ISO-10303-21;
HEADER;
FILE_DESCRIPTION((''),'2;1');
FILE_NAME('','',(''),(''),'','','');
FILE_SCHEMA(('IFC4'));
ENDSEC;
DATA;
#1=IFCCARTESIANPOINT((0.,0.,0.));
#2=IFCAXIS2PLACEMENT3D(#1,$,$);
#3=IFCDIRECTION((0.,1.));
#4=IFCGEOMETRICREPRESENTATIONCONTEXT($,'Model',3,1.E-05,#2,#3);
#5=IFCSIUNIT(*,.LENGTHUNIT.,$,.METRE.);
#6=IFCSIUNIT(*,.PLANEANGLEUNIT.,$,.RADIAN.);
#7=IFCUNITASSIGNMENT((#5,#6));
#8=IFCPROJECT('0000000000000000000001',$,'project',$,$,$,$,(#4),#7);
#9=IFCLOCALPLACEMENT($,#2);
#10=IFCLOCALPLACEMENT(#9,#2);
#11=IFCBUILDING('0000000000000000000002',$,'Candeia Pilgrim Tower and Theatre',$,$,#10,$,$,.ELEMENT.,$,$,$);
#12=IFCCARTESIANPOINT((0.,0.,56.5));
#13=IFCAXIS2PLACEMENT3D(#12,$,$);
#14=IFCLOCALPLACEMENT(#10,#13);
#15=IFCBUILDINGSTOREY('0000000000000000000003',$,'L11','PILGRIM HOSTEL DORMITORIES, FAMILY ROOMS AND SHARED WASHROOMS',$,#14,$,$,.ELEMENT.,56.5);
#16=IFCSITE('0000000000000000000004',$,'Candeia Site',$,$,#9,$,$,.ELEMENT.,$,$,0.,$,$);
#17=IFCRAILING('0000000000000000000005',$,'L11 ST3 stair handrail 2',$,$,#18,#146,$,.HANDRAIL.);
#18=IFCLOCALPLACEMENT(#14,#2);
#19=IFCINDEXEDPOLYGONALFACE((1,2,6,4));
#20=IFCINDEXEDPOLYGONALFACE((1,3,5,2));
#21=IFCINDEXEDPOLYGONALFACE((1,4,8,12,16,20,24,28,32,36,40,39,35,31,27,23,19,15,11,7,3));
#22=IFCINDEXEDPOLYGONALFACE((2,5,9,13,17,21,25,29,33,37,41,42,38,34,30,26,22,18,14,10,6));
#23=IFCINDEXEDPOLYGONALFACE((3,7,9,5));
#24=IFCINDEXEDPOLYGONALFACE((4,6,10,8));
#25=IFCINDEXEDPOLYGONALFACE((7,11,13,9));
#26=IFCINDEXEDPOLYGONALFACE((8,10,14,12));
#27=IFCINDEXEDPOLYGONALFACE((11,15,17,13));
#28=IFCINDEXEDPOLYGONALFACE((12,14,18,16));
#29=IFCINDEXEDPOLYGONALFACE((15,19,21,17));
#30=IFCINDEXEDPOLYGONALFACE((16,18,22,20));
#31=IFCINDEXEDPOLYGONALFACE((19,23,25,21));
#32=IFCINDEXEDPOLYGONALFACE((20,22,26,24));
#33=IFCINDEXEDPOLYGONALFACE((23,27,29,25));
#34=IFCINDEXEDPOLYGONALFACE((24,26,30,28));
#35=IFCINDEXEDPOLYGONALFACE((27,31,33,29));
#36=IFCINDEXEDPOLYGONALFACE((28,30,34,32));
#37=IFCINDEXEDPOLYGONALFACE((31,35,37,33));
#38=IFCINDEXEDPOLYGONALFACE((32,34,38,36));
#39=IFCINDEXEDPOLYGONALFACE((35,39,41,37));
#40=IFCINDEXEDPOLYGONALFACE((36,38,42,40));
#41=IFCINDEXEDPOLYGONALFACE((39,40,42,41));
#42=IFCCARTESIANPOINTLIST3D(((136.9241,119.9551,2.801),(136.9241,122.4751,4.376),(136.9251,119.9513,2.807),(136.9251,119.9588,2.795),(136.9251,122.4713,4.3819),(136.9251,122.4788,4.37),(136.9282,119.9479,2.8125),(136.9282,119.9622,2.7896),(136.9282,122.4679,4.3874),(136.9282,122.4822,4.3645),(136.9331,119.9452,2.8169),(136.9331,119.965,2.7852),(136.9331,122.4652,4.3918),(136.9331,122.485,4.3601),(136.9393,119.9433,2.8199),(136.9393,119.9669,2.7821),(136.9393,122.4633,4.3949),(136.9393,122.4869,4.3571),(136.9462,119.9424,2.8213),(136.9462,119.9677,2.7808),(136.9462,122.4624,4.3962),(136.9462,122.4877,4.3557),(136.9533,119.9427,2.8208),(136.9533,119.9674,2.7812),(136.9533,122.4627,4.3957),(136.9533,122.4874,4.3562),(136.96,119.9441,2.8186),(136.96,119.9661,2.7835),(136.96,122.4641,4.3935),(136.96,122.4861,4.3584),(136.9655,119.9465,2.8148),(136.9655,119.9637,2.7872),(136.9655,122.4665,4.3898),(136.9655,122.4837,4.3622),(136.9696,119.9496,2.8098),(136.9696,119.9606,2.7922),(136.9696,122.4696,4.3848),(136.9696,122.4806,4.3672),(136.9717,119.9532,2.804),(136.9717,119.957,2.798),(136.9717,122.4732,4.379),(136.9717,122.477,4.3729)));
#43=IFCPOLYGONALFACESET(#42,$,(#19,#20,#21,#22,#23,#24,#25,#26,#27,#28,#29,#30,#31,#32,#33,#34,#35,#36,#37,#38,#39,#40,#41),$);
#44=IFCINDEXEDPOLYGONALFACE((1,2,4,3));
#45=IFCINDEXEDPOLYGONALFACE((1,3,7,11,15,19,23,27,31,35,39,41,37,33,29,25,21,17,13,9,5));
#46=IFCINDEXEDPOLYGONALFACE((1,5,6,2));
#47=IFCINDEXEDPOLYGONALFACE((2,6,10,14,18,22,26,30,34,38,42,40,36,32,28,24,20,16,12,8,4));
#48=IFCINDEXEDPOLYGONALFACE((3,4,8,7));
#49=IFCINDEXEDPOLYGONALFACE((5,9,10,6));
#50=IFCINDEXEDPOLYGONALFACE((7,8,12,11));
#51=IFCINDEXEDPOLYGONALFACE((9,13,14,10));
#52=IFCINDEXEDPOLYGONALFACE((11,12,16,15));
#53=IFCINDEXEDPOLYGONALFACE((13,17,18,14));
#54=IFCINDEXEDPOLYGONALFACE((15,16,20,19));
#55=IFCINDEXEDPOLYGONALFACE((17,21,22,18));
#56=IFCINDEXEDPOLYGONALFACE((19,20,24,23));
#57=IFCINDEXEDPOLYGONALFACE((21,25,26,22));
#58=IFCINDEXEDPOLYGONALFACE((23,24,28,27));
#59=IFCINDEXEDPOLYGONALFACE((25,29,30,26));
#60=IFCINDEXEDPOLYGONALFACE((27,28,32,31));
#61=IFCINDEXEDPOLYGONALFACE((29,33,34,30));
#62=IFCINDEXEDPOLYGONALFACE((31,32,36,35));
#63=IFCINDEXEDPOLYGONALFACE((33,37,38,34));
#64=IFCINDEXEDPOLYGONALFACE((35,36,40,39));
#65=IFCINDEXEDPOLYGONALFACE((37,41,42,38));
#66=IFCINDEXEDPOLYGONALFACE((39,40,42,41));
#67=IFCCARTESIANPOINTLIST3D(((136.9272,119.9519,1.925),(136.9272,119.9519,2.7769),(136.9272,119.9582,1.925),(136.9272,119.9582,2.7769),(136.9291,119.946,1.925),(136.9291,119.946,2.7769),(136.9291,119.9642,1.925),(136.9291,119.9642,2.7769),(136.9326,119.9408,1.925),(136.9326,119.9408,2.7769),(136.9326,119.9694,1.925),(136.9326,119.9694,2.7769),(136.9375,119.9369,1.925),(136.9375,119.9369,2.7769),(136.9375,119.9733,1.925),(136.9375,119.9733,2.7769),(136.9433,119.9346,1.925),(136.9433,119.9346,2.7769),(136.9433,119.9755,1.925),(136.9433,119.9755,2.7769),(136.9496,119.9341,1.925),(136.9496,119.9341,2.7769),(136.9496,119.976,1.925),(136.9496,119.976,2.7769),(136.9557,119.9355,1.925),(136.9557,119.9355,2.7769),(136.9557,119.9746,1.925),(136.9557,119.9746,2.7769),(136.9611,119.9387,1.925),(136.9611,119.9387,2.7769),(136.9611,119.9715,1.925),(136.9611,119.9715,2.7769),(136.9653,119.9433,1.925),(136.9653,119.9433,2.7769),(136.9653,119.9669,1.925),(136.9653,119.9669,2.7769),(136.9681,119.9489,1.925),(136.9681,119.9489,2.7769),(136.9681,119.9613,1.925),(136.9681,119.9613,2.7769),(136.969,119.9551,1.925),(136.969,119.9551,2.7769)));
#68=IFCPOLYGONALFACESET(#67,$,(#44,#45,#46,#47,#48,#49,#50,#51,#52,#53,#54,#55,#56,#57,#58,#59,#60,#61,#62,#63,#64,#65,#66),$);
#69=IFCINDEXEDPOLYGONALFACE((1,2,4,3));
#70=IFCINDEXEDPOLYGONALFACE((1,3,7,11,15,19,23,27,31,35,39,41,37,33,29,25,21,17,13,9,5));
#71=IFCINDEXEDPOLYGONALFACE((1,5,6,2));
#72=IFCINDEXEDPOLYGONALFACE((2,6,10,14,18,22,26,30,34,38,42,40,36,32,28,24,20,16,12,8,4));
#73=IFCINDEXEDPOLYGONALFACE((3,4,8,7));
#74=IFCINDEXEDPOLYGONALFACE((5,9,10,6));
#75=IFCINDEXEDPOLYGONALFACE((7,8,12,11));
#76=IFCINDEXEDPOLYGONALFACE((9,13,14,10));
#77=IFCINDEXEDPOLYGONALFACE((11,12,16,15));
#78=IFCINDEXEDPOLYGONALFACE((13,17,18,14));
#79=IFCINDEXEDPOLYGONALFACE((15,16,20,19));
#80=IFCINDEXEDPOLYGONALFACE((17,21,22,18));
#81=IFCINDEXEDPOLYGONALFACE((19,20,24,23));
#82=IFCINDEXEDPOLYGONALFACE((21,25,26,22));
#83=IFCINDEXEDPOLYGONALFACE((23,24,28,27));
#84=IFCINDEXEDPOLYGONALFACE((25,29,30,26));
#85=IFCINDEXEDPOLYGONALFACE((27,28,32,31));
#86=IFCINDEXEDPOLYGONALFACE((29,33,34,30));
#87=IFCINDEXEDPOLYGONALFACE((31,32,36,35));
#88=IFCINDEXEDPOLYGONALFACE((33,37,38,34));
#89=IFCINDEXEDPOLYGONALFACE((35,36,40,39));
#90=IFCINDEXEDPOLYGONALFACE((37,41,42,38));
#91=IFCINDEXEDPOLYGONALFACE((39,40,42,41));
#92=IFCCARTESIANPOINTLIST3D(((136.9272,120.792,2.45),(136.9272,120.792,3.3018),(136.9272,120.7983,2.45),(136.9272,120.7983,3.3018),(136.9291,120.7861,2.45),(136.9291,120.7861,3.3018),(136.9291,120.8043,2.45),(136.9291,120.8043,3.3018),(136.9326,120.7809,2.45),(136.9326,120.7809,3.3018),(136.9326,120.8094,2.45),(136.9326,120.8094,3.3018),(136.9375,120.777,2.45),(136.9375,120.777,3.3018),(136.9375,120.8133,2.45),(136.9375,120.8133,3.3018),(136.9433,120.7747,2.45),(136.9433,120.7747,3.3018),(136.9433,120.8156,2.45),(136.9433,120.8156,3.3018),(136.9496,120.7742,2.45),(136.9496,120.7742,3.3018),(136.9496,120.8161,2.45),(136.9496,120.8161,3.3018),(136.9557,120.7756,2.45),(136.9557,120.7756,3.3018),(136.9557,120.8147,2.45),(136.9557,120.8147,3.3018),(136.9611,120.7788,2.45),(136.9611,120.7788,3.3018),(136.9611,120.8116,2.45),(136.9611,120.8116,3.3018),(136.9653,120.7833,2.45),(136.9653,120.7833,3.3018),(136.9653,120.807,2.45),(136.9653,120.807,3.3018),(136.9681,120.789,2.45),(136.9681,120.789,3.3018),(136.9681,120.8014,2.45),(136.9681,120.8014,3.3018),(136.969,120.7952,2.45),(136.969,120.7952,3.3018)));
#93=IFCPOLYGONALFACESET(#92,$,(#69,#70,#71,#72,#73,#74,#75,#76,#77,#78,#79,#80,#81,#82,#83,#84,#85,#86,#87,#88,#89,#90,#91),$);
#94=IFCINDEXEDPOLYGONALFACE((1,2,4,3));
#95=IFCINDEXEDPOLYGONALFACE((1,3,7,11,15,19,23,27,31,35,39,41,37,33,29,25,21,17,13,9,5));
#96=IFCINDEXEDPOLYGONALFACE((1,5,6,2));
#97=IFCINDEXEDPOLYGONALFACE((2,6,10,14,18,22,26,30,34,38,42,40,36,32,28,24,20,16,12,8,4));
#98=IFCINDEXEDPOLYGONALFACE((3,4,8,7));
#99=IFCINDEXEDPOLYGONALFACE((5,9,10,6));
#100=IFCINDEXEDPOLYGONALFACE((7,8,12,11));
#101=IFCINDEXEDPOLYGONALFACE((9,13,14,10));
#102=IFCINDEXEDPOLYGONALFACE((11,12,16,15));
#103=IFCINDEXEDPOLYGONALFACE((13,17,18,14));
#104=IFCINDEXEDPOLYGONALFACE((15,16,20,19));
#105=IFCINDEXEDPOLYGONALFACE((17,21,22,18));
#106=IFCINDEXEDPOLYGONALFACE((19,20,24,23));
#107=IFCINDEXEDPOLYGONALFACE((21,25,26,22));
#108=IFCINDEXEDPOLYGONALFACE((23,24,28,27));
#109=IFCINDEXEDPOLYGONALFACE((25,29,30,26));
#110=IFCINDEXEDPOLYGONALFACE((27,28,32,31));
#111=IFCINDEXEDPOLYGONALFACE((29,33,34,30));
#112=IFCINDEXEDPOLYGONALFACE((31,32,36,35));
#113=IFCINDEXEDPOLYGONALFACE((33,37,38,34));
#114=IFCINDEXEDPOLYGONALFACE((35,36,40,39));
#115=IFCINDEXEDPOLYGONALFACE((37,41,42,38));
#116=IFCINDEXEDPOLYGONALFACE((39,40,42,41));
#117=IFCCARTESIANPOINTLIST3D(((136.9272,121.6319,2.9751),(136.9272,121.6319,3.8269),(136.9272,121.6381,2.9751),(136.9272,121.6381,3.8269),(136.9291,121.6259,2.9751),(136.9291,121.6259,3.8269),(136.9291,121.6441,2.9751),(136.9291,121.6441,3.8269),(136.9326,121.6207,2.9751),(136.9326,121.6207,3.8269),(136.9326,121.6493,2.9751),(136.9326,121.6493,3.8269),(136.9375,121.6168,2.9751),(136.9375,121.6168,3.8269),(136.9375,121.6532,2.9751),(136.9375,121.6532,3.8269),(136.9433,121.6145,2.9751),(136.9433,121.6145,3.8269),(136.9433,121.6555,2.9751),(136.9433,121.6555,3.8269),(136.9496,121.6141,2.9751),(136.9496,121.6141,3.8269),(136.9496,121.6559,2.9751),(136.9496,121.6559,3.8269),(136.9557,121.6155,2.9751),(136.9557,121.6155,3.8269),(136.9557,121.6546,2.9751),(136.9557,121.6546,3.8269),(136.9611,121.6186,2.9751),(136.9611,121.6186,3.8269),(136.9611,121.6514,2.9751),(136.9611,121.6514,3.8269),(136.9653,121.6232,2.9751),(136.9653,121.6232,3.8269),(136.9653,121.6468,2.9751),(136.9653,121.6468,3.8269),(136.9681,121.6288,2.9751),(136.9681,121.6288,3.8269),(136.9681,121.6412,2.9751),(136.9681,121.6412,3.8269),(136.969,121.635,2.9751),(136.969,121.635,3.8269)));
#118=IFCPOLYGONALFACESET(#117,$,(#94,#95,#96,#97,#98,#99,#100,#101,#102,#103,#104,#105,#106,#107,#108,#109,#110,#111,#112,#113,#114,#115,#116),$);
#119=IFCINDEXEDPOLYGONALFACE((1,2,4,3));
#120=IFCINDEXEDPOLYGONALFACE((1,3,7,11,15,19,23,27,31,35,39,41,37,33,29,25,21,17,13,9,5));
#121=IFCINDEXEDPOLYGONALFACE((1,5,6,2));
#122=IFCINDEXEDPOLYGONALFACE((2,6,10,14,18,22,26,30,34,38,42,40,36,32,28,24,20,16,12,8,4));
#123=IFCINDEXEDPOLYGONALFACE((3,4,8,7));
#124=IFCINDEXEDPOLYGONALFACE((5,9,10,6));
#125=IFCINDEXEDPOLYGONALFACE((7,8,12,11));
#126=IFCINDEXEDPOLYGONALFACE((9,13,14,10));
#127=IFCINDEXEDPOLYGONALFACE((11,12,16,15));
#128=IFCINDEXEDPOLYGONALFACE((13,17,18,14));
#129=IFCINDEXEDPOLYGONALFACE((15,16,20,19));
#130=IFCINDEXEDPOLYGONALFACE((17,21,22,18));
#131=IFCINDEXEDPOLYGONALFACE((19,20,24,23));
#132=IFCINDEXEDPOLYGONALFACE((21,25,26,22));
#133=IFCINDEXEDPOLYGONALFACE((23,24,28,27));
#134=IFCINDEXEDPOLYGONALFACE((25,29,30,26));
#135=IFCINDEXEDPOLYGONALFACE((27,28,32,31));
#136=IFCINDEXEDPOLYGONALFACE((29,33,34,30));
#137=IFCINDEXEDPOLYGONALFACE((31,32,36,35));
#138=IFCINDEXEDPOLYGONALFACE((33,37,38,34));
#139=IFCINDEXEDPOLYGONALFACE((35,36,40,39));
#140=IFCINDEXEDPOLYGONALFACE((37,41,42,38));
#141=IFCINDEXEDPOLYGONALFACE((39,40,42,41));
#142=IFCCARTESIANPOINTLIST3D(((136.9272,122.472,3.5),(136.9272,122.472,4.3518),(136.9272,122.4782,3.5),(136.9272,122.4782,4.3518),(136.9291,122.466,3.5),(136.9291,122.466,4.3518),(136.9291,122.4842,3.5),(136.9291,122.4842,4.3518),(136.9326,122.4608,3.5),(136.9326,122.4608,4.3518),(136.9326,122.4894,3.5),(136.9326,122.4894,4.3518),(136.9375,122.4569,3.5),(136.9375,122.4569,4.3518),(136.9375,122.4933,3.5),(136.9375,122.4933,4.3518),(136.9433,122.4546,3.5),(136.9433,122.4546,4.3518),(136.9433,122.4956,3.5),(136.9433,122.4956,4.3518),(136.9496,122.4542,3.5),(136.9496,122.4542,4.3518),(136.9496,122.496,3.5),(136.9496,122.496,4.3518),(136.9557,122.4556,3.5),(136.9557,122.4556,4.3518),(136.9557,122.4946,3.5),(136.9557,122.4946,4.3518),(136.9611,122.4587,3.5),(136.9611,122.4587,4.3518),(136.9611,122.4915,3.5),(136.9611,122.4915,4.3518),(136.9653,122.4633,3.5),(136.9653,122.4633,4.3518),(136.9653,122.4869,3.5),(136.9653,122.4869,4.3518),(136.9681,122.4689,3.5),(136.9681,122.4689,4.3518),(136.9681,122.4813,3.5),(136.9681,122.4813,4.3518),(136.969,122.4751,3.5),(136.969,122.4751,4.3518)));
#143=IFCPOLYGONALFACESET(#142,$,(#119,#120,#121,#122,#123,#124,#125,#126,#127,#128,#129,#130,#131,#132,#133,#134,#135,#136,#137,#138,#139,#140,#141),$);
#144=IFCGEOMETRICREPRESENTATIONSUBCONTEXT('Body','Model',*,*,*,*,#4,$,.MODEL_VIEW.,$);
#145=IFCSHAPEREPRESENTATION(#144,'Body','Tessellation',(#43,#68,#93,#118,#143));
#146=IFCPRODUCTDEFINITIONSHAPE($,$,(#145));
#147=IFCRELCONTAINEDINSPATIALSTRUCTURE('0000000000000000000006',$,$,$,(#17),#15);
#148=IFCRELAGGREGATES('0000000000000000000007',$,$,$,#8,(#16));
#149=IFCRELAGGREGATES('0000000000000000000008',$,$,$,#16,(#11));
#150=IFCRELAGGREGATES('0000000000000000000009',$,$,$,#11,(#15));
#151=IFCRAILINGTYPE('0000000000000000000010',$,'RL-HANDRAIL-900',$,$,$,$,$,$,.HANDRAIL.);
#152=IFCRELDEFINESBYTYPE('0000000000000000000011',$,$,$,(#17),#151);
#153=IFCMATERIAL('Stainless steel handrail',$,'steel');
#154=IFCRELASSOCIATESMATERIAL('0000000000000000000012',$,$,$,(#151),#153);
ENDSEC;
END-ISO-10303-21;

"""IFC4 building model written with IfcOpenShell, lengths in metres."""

from ifc_helpers import new_model, si_unit, direction, frame, origin, origin_2d, place, context, subcontext, project, spatial, circle, extrude, material, type_object, element, save


model = new_model("IFC4")

# Units and contexts
model_context = context("Model", 3, precision=1e-05, world=origin(), true_north=direction((0.0, 1.0)))
body_context = subcontext(model_context, "Body", "Model", "MODEL_VIEW")
ifc_project = project(units=[si_unit("LENGTHUNIT", "METRE"), si_unit("PLANEANGLEUNIT", "RADIAN")], contexts=[model_context])

# Site, building, storey
site_placement = place(None, origin())
site = spatial("IfcSite", under=ifc_project, at=site_placement, Name="Candeia Site", CompositionType="ELEMENT", RefElevation=0.0)
building_placement = place(site_placement, origin())
building = spatial("IfcBuilding", under=site, at=building_placement, Name="Candeia Pilgrim Tower and Theatre", CompositionType="ELEMENT")
storey_placement = place(building_placement, frame((0.0, 0.0, 56.5)))
storey = spatial("IfcBuildingStorey", under=building, at=storey_placement, Name="L11", Description="PILGRIM HOSTEL DORMITORIES, FAMILY ROOMS AND SHARED WASHROOMS", CompositionType="ELEMENT", Elevation=56.5)

# Railing
ifc_material_1 = material(Name="Stainless steel handrail", Category="steel")
railing_type_1 = type_object("IfcRailingType", Name="RL-HANDRAIL-900", PredefinedType="HANDRAIL", material=ifc_material_1)
railing_1_placement = place(storey_placement, frame((136.948, 119.9551, 1.925)))
element("IfcRailing", 1, at=railing_1_placement, inside=storey, type_object=railing_type_1, Name="L11 ST3 stair handrail 2", PredefinedType="HANDRAIL", context=body_context, shape_type="SweptSolid", body=[
    extrude(circle(Radius=0.0239, at=origin_2d()), frame((0.0, 0.0, 0.876), z_axis=(0.0, 0.848008, 0.529984), x_axis=(-1.0, 0.0, 0.0)), (0.0, 0.0, 1.0), 2.9717),
    extrude(circle(Radius=0.021, at=origin_2d()), origin(), (0.0, 0.0, 1.0), 0.8518),
    extrude(circle(Radius=0.021, at=origin_2d()), frame((0.0, 0.8401, 0.5249)), (0.0, 0.0, 1.0), 0.8518),
    extrude(circle(Radius=0.021, at=origin_2d()), frame((0.0, 1.6799, 1.05)), (0.0, 0.0, 1.0), 0.8518),
    extrude(circle(Radius=0.021, at=origin_2d()), frame((0.0, 2.52, 1.575)), (0.0, 0.0, 1.0), 0.8518),
])

save(model, "model.ifc")
